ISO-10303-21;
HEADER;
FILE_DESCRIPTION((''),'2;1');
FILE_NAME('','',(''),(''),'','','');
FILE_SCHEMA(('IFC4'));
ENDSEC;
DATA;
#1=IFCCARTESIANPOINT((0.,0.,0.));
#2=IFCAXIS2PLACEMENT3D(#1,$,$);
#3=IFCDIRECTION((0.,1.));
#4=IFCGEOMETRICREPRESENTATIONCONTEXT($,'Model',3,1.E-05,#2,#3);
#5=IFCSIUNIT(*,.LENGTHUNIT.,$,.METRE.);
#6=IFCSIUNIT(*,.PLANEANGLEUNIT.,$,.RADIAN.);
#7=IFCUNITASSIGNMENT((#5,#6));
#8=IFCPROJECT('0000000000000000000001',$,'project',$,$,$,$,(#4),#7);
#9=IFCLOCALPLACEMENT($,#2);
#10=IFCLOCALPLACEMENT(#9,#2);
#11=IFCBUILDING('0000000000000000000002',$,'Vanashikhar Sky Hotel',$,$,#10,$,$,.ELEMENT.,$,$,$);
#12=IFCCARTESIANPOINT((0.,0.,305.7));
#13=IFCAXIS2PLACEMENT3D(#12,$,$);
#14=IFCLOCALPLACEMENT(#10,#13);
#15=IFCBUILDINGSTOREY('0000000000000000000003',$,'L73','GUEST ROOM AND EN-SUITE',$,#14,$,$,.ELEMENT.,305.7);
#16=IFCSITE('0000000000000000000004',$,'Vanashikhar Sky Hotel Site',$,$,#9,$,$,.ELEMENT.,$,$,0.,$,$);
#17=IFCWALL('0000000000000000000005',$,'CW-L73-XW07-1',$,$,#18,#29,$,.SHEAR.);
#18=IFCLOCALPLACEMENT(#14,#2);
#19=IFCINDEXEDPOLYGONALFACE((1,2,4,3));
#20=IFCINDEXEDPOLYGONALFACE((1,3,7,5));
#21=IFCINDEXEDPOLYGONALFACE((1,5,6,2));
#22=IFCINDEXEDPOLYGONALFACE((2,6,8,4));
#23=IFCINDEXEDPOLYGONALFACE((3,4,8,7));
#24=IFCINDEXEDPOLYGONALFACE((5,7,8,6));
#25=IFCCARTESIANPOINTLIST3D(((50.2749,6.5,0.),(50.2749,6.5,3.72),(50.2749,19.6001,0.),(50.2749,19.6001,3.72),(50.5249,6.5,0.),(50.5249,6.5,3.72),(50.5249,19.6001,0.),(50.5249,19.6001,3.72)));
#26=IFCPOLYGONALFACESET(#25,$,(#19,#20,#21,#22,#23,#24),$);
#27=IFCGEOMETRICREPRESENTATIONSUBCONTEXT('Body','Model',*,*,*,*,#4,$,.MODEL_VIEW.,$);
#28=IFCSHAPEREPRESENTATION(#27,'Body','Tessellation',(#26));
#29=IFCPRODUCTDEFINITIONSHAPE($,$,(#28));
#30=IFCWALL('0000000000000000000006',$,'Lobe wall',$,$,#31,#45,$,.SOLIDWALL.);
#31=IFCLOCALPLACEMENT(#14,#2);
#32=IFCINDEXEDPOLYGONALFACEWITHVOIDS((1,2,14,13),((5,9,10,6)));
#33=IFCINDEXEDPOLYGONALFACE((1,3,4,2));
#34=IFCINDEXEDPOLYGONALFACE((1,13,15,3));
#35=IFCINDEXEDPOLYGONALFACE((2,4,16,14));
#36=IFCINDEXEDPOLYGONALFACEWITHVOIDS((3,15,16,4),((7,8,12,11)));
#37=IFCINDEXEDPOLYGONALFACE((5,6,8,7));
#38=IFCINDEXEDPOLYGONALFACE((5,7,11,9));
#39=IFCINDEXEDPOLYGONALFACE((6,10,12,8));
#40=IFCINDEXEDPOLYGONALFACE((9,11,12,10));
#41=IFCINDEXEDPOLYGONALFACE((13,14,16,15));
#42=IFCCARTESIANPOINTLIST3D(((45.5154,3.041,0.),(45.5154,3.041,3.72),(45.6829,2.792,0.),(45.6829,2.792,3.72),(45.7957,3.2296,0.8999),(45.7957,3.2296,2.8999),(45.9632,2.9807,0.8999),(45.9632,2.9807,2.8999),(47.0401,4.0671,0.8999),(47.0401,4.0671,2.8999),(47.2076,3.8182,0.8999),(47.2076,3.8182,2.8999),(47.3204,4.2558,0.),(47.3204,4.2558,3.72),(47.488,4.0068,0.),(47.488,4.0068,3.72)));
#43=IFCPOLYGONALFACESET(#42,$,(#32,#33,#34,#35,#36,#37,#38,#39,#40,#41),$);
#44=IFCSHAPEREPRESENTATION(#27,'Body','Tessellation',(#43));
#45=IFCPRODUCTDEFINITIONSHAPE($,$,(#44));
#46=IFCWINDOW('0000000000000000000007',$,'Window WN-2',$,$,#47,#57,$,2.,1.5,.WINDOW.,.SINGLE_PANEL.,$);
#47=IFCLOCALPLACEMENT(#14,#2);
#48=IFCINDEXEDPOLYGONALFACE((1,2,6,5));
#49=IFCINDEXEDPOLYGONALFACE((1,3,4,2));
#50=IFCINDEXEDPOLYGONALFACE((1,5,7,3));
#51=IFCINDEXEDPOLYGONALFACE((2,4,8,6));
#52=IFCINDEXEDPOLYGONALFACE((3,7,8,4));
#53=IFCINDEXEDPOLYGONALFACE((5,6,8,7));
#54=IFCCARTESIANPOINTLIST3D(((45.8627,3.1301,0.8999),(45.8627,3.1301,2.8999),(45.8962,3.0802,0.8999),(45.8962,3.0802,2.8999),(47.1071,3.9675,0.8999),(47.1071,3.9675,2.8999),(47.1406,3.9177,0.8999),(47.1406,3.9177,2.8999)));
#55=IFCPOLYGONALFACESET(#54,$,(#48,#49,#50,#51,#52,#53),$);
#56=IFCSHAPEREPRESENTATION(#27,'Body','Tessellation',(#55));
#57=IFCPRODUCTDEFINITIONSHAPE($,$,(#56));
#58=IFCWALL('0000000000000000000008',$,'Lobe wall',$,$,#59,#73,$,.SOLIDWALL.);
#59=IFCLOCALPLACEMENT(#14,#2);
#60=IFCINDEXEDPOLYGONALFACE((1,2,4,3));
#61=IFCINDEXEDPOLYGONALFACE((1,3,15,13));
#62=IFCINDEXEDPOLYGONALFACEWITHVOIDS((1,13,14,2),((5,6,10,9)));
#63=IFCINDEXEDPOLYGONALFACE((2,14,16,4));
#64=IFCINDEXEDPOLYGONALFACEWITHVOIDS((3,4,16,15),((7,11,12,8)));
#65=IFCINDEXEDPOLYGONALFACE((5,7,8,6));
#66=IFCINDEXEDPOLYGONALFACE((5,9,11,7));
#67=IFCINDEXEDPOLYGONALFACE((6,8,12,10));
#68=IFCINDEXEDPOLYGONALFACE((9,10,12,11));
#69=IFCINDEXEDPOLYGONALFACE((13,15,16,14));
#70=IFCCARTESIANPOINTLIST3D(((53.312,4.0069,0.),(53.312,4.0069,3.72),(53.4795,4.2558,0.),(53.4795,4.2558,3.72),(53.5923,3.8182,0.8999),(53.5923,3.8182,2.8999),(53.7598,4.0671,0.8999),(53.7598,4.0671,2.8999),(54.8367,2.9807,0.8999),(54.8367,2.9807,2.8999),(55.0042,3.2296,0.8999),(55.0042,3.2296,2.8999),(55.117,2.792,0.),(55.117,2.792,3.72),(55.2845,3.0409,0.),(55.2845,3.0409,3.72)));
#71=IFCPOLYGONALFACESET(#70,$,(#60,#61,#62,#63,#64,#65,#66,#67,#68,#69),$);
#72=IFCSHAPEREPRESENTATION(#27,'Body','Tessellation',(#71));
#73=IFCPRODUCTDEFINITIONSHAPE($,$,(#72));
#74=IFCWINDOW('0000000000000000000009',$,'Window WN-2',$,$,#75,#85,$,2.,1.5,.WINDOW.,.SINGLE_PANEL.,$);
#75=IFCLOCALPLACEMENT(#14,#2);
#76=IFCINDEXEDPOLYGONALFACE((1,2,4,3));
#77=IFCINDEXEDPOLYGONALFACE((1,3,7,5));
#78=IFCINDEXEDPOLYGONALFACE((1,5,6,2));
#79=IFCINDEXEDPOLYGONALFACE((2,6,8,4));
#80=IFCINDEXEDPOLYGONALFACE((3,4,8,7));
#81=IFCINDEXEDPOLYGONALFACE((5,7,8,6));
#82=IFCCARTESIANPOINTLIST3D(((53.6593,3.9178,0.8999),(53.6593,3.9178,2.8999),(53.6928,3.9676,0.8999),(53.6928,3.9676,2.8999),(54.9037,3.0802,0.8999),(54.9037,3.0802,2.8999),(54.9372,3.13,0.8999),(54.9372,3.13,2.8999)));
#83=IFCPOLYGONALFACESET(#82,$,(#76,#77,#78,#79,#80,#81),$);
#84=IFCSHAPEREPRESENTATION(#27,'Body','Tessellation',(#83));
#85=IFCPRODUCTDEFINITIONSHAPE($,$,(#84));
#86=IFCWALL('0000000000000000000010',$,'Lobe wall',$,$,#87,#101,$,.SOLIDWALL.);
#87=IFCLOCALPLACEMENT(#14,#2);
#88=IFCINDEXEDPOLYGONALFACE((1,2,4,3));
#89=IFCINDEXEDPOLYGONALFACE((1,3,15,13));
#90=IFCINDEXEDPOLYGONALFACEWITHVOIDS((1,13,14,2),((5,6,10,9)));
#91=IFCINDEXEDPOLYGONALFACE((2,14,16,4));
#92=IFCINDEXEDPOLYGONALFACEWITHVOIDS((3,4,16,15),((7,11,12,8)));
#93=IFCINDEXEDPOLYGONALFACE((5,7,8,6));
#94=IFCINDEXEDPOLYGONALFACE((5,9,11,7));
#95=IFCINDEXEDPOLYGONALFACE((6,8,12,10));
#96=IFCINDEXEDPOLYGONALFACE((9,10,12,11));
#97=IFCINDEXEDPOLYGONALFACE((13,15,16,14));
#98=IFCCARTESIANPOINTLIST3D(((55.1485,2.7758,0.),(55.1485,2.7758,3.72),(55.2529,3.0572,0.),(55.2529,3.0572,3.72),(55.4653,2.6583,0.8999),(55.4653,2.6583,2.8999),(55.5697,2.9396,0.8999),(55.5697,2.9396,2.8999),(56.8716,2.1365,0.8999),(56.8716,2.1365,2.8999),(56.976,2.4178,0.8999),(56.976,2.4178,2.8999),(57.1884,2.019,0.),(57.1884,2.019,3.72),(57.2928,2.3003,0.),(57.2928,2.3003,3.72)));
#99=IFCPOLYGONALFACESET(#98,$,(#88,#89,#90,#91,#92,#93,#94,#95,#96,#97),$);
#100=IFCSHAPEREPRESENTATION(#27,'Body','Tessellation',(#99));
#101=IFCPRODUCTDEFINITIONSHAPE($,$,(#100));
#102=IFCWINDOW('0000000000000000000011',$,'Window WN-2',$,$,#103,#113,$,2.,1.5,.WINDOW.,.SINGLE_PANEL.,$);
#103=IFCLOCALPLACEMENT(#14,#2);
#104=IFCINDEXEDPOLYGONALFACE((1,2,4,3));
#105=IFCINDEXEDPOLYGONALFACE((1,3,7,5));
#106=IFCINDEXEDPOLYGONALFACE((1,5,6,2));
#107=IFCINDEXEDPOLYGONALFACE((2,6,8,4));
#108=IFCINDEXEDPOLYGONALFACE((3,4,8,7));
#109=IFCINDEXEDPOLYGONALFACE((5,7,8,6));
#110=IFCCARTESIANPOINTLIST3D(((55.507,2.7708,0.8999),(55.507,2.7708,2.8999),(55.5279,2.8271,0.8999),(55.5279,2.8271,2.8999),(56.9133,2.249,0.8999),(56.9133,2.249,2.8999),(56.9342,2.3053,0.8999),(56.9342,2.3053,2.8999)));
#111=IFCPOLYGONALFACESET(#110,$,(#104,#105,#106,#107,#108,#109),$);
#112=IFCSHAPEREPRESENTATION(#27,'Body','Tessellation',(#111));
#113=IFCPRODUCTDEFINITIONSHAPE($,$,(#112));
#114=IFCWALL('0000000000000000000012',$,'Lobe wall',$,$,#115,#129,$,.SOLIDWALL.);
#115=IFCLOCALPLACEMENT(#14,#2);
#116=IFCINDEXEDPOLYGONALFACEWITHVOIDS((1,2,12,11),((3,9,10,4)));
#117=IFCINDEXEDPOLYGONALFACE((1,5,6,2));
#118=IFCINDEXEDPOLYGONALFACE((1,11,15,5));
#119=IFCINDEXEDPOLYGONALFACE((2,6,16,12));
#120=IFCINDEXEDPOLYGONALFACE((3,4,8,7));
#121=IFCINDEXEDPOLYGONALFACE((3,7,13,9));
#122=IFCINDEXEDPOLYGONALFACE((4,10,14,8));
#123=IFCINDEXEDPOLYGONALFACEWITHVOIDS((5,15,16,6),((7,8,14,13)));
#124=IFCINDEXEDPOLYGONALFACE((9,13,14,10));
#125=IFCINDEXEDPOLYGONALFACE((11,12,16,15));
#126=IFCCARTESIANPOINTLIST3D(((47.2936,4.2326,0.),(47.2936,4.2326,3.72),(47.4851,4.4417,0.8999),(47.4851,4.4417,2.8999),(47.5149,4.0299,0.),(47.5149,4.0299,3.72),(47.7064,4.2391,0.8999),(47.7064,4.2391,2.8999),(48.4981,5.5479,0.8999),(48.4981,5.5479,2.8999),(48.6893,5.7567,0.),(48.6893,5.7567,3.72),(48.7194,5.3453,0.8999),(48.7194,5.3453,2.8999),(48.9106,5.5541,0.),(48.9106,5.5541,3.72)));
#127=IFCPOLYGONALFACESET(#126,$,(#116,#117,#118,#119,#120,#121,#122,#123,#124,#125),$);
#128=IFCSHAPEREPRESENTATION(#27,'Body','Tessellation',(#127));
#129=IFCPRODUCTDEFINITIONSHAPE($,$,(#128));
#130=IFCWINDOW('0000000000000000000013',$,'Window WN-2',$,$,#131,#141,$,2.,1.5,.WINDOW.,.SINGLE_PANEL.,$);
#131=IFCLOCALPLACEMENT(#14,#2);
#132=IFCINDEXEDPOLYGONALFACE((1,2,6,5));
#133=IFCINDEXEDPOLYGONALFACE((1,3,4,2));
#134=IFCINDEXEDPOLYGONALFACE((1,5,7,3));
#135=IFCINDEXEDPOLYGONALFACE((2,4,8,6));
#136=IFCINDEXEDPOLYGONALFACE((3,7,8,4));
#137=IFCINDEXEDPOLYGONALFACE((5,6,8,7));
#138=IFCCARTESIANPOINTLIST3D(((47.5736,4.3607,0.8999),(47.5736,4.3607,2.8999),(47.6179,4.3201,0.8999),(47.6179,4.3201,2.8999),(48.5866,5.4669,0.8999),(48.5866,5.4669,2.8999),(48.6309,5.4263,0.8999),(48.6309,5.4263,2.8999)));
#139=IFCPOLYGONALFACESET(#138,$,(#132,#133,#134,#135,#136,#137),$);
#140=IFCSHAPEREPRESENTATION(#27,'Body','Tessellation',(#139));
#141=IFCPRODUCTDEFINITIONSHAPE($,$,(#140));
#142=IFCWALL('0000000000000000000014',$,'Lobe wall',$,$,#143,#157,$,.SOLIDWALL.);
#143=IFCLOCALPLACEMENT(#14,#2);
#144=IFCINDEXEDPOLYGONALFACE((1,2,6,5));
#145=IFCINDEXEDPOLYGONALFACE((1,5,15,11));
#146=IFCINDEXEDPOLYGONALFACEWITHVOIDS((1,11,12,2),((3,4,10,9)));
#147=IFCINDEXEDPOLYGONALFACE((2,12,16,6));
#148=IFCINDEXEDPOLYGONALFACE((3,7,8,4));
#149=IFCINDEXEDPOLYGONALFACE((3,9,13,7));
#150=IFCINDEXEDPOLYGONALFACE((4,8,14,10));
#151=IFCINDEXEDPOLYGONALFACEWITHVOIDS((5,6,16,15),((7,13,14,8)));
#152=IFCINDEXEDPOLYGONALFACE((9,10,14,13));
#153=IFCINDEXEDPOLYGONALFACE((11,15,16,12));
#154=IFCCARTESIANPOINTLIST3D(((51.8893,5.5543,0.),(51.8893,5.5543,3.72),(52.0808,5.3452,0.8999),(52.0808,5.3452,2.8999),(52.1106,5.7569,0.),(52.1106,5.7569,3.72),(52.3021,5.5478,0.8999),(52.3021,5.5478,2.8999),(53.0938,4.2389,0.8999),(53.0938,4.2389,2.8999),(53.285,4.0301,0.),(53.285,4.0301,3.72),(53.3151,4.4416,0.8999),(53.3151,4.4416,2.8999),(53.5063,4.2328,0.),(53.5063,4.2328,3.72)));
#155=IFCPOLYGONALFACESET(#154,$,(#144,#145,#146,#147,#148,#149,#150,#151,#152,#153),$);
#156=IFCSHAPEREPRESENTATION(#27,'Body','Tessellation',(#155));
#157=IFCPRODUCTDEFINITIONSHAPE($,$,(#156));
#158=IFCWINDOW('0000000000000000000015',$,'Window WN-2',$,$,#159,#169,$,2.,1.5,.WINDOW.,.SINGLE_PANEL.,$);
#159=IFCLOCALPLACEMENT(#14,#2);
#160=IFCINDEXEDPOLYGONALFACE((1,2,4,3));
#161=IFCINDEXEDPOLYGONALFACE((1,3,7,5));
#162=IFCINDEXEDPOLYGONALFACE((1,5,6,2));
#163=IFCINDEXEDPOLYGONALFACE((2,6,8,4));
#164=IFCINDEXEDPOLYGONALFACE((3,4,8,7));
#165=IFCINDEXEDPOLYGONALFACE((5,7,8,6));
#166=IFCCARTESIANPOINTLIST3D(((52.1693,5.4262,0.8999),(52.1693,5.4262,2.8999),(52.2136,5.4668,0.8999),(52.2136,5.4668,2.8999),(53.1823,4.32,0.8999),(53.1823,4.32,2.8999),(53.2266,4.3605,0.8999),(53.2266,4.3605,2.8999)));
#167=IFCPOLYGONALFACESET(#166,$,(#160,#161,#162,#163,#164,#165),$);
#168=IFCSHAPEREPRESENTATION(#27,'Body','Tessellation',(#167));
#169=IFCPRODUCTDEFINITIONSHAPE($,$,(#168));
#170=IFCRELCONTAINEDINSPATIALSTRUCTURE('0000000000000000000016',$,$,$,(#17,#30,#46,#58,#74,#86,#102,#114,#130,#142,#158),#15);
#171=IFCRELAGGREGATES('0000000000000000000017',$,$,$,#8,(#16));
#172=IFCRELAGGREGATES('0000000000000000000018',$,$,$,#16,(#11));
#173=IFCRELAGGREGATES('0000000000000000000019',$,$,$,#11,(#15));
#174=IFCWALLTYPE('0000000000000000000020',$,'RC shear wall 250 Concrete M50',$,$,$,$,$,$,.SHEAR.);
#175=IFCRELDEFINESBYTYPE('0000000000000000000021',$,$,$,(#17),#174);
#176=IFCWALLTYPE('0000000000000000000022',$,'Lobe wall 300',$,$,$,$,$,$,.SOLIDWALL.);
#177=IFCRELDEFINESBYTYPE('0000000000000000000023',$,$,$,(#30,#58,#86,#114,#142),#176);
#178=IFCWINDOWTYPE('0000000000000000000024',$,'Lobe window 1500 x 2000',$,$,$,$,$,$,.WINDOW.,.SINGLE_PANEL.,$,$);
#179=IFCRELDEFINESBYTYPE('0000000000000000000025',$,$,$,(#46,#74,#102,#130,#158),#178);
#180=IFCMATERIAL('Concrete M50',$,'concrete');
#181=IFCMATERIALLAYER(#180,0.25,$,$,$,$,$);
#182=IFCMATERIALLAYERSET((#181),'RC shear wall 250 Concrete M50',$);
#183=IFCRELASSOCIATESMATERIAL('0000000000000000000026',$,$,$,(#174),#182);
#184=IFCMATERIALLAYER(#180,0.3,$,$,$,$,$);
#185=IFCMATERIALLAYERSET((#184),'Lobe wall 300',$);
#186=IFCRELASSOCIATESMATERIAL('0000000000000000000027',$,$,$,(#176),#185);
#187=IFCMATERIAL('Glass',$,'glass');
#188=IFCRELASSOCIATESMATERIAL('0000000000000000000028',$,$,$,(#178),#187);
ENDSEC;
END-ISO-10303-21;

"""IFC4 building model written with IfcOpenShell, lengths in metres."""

from ifc_helpers import new_model, si_unit, direction, frame, frame_2d, origin, place, context, subcontext, project, spatial, rectangle, extrude, source, transform, mapped, material, layer, layer_set, type_object, element, fill, save


model = new_model("IFC4")

# Units and contexts
model_context = context("Model", 3, precision=1e-05, world=origin(), true_north=direction((0.0, 1.0)))
body_context = subcontext(model_context, "Body", "Model", "MODEL_VIEW")
ifc_project = project(units=[si_unit("LENGTHUNIT", "METRE"), si_unit("PLANEANGLEUNIT", "RADIAN")], contexts=[model_context])

# Site, building, storey
site_placement = place(None, origin())
site = spatial("IfcSite", under=ifc_project, at=site_placement, Name="Vanashikhar Sky Hotel Site", CompositionType="ELEMENT", RefElevation=0.0)
building_placement = place(site_placement, origin())
building = spatial("IfcBuilding", under=site, at=building_placement, Name="Vanashikhar Sky Hotel", CompositionType="ELEMENT")
storey_placement = place(building_placement, frame((0.0, 0.0, 305.7)))
storey = spatial("IfcBuildingStorey", under=building, at=storey_placement, Name="L73", Description="GUEST ROOM AND EN-SUITE", CompositionType="ELEMENT", Elevation=305.7)

# Wall
ifc_material_1 = material(Name="Concrete M50", Category="concrete")
ifc_layer_1 = layer(ifc_material_1, 0.25)
ifc_layer_set_1 = layer_set([ifc_layer_1], Name="RC shear wall 250 Concrete M50")
wall_type_1 = type_object("IfcWallType", Name="RC shear wall 250 Concrete M50", PredefinedType="SHEAR", material=ifc_layer_set_1)
shared_shape_1 = source(origin(), body_context, "Body", "SweptSolid", [
    extrude(rectangle(XDim=13.1001, YDim=0.25, at=frame_2d((6.55, 0.0))), origin(), (0.0, 0.0, 1.0), 3.72),
])
wall_1_placement = place(storey_placement, frame((50.3999, 6.5, 0.0), z_axis=(0.0, 0.0, 1.0), x_axis=(0.0, 1.0, 0.0)))
element("IfcWall", 1, at=wall_1_placement, inside=storey, type_object=wall_type_1, Name="CW-L73-XW07-1", PredefinedType="SHEAR", context=body_context, shape_type="MappedRepresentation", body=[
    mapped(shared_shape_1, transform((0.0, 0.0, 0.0), scale=1.0)),
])

# Walls, openings, windows
ifc_layer_2 = layer(ifc_material_1, 0.3)
ifc_layer_set_2 = layer_set([ifc_layer_2], Name="Lobe wall 300")
wall_type_2 = type_object("IfcWallType", Name="Lobe wall 300", PredefinedType="SOLIDWALL", material=ifc_layer_set_2)
shared_shape_2 = source(origin(), body_context, "Body", "SweptSolid", [
    extrude(rectangle(XDim=2.1758, YDim=0.3, at=frame_2d((1.0879, 0.0))), origin(), (0.0, 0.0, 1.0), 3.72),
])
wall_2_placement = place(storey_placement, frame((45.5991, 2.9165, 0.0), z_axis=(0.0, 0.0, 1.0), x_axis=(0.829626, 0.55832, 0.0)))
wall_2 = element("IfcWall", 2, at=wall_2_placement, inside=storey, type_object=wall_type_2, Name="Lobe wall", PredefinedType="SOLIDWALL", context=body_context, shape_type="MappedRepresentation", body=[
    mapped(shared_shape_2, transform((0.0, 0.0, 0.0), scale=1.0)),
])
shared_shape_3 = source(origin(), body_context, "Body", "SweptSolid", [
    extrude(rectangle(XDim=1.5, YDim=2.0, at=frame_2d((0.75, 1.0))), frame((0.0, 0.1602, 0.0), z_axis=(0.0, -1.0, 0.0), x_axis=(1.0, 0.0, 0.0)), (0.0, 0.0, 1.0), 0.3201),
])
opening_1_placement = place(wall_2_placement, frame((0.3379, 0.0, 0.8999)))
opening_1 = element("IfcOpeningElement", 3, at=opening_1_placement, cuts=wall_2, PredefinedType="OPENING", context=body_context, shape_type="MappedRepresentation", body=[
    mapped(shared_shape_3, transform((0.0, 0.0, 0.0), scale=1.0)),
])
ifc_material_2 = material(Name="Glass", Category="glass")
window_type = type_object("IfcWindowType", Name="Lobe window 1500 x 2000", PartitioningType="SINGLE_PANEL", PredefinedType="WINDOW", material=ifc_material_2)
shared_shape_4 = source(origin(), body_context, "Body", "SweptSolid", [
    extrude(rectangle(XDim=1.5, YDim=2.0, at=frame_2d((0.75, 1.0))), frame((0.0, 0.03, 0.0), z_axis=(0.0, -1.0, 0.0), x_axis=(1.0, 0.0, 0.0)), (0.0, 0.0, 1.0), 0.0601),
])
window_1_placement = place(opening_1_placement, origin())
window_1 = element("IfcWindow", 4, at=window_1_placement, inside=storey, type_object=window_type, Name="Window WN-2", OverallHeight=2.0, OverallWidth=1.5, PartitioningType="SINGLE_PANEL", PredefinedType="WINDOW", context=body_context, shape_type="MappedRepresentation", body=[
    mapped(shared_shape_4, transform((0.0, 0.0, 0.0), scale=1.0)),
])
fill(opening_1, window_1)
wall_3_placement = place(storey_placement, frame((53.3958, 4.1313, 0.0), z_axis=(0.0, 0.0, 1.0), x_axis=(0.829591, -0.558372, 0.0)))
wall_3 = element("IfcWall", 5, at=wall_3_placement, inside=storey, type_object=wall_type_2, Name="Lobe wall", PredefinedType="SOLIDWALL", context=body_context, shape_type="MappedRepresentation", body=[
    mapped(shared_shape_2, transform((0.0, 0.0, 0.0), scale=1.0)),
])
opening_2_placement = place(wall_3_placement, frame((0.3379, 0.0, 0.8999)))
opening_2 = element("IfcOpeningElement", 6, at=opening_2_placement, cuts=wall_3, PredefinedType="OPENING", context=body_context, shape_type="MappedRepresentation", body=[
    mapped(shared_shape_3, transform((0.0, 0.0, 0.0), scale=1.0)),
])
window_2_placement = place(opening_2_placement, origin())
window_2 = element("IfcWindow", 7, at=window_2_placement, inside=storey, type_object=window_type, Name="Window WN-2", OverallHeight=2.0, OverallWidth=1.5, PartitioningType="SINGLE_PANEL", PredefinedType="WINDOW", context=body_context, shape_type="MappedRepresentation", body=[
    mapped(shared_shape_4, transform((0.0, 0.0, 0.0), scale=1.0)),
])
fill(opening_2, window_2)
wall_4_placement = place(storey_placement, frame((55.2007, 2.9165, 0.0), z_axis=(0.0, 0.0, 1.0), x_axis=(0.937546, -0.347863, 0.0)))
wall_4 = element("IfcWall", 8, at=wall_4_placement, inside=storey, type_object=wall_type_2, Name="Lobe wall", PredefinedType="SOLIDWALL", context=body_context, shape_type="MappedRepresentation", body=[
    mapped(shared_shape_2, transform((0.0, 0.0, 0.0), scale=1.0)),
])
opening_3_placement = place(wall_4_placement, frame((0.3379, 0.0, 0.8999)))
opening_3 = element("IfcOpeningElement", 9, at=opening_3_placement, cuts=wall_4, PredefinedType="OPENING", context=body_context, shape_type="MappedRepresentation", body=[
    mapped(shared_shape_3, transform((0.0, 0.0, 0.0), scale=1.0)),
])
window_3_placement = place(opening_3_placement, origin())
window_3 = element("IfcWindow", 10, at=window_3_placement, inside=storey, type_object=window_type, Name="Window WN-2", OverallHeight=2.0, OverallWidth=1.5, PartitioningType="SINGLE_PANEL", PredefinedType="WINDOW", context=body_context, shape_type="MappedRepresentation", body=[
    mapped(shared_shape_4, transform((0.0, 0.0, 0.0), scale=1.0)),
])
fill(opening_3, window_3)
shared_shape_5 = source(origin(), body_context, "Body", "SweptSolid", [
    extrude(rectangle(XDim=2.0667, YDim=0.3, at=frame_2d((1.0332, 0.0))), origin(), (0.0, 0.0, 1.0), 3.72),
])
wall_5_placement = place(storey_placement, frame((47.4043, 4.1313, 0.0), z_axis=(0.0, 0.0, 1.0), x_axis=(0.675355, 0.737492, 0.0)))
wall_5 = element("IfcWall", 11, at=wall_5_placement, inside=storey, type_object=wall_type_2, Name="Lobe wall", PredefinedType="SOLIDWALL", context=body_context, shape_type="MappedRepresentation", body=[
    mapped(shared_shape_5, transform((0.0, 0.0, 0.0), scale=1.0)),
])
opening_4_placement = place(wall_5_placement, frame((0.2834, 0.0, 0.8999)))
opening_4 = element("IfcOpeningElement", 12, at=opening_4_placement, cuts=wall_5, PredefinedType="OPENING", context=body_context, shape_type="MappedRepresentation", body=[
    mapped(shared_shape_3, transform((0.0, 0.0, 0.0), scale=1.0)),
])
window_4_placement = place(opening_4_placement, origin())
window_4 = element("IfcWindow", 13, at=window_4_placement, inside=storey, type_object=window_type, Name="Window WN-2", OverallHeight=2.0, OverallWidth=1.5, PartitioningType="SINGLE_PANEL", PredefinedType="WINDOW", context=body_context, shape_type="MappedRepresentation", body=[
    mapped(shared_shape_4, transform((0.0, 0.0, 0.0), scale=1.0)),
])
fill(opening_4, window_4)
wall_6_placement = place(storey_placement, frame((52.0, 5.6555, 0.0), z_axis=(0.0, 0.0, 1.0), x_axis=(0.675355, -0.737492, 0.0)))
wall_6 = element("IfcWall", 14, at=wall_6_placement, inside=storey, type_object=wall_type_2, Name="Lobe wall", PredefinedType="SOLIDWALL", context=body_context, shape_type="MappedRepresentation", body=[
    mapped(shared_shape_5, transform((0.0, 0.0, 0.0), scale=1.0)),
])
opening_5_placement = place(wall_6_placement, frame((0.2834, 0.0, 0.8999)))
opening_5 = element("IfcOpeningElement", 15, at=opening_5_placement, cuts=wall_6, PredefinedType="OPENING", context=body_context, shape_type="MappedRepresentation", body=[
    mapped(shared_shape_3, transform((0.0, 0.0, 0.0), scale=1.0)),
])
window_5_placement = place(opening_5_placement, origin())
window_5 = element("IfcWindow", 16, at=window_5_placement, inside=storey, type_object=window_type, Name="Window WN-2", OverallHeight=2.0, OverallWidth=1.5, PartitioningType="SINGLE_PANEL", PredefinedType="WINDOW", context=body_context, shape_type="MappedRepresentation", body=[
    mapped(shared_shape_4, transform((0.0, 0.0, 0.0), scale=1.0)),
])
fill(opening_5, window_5)

save(model, "model.ifc")
